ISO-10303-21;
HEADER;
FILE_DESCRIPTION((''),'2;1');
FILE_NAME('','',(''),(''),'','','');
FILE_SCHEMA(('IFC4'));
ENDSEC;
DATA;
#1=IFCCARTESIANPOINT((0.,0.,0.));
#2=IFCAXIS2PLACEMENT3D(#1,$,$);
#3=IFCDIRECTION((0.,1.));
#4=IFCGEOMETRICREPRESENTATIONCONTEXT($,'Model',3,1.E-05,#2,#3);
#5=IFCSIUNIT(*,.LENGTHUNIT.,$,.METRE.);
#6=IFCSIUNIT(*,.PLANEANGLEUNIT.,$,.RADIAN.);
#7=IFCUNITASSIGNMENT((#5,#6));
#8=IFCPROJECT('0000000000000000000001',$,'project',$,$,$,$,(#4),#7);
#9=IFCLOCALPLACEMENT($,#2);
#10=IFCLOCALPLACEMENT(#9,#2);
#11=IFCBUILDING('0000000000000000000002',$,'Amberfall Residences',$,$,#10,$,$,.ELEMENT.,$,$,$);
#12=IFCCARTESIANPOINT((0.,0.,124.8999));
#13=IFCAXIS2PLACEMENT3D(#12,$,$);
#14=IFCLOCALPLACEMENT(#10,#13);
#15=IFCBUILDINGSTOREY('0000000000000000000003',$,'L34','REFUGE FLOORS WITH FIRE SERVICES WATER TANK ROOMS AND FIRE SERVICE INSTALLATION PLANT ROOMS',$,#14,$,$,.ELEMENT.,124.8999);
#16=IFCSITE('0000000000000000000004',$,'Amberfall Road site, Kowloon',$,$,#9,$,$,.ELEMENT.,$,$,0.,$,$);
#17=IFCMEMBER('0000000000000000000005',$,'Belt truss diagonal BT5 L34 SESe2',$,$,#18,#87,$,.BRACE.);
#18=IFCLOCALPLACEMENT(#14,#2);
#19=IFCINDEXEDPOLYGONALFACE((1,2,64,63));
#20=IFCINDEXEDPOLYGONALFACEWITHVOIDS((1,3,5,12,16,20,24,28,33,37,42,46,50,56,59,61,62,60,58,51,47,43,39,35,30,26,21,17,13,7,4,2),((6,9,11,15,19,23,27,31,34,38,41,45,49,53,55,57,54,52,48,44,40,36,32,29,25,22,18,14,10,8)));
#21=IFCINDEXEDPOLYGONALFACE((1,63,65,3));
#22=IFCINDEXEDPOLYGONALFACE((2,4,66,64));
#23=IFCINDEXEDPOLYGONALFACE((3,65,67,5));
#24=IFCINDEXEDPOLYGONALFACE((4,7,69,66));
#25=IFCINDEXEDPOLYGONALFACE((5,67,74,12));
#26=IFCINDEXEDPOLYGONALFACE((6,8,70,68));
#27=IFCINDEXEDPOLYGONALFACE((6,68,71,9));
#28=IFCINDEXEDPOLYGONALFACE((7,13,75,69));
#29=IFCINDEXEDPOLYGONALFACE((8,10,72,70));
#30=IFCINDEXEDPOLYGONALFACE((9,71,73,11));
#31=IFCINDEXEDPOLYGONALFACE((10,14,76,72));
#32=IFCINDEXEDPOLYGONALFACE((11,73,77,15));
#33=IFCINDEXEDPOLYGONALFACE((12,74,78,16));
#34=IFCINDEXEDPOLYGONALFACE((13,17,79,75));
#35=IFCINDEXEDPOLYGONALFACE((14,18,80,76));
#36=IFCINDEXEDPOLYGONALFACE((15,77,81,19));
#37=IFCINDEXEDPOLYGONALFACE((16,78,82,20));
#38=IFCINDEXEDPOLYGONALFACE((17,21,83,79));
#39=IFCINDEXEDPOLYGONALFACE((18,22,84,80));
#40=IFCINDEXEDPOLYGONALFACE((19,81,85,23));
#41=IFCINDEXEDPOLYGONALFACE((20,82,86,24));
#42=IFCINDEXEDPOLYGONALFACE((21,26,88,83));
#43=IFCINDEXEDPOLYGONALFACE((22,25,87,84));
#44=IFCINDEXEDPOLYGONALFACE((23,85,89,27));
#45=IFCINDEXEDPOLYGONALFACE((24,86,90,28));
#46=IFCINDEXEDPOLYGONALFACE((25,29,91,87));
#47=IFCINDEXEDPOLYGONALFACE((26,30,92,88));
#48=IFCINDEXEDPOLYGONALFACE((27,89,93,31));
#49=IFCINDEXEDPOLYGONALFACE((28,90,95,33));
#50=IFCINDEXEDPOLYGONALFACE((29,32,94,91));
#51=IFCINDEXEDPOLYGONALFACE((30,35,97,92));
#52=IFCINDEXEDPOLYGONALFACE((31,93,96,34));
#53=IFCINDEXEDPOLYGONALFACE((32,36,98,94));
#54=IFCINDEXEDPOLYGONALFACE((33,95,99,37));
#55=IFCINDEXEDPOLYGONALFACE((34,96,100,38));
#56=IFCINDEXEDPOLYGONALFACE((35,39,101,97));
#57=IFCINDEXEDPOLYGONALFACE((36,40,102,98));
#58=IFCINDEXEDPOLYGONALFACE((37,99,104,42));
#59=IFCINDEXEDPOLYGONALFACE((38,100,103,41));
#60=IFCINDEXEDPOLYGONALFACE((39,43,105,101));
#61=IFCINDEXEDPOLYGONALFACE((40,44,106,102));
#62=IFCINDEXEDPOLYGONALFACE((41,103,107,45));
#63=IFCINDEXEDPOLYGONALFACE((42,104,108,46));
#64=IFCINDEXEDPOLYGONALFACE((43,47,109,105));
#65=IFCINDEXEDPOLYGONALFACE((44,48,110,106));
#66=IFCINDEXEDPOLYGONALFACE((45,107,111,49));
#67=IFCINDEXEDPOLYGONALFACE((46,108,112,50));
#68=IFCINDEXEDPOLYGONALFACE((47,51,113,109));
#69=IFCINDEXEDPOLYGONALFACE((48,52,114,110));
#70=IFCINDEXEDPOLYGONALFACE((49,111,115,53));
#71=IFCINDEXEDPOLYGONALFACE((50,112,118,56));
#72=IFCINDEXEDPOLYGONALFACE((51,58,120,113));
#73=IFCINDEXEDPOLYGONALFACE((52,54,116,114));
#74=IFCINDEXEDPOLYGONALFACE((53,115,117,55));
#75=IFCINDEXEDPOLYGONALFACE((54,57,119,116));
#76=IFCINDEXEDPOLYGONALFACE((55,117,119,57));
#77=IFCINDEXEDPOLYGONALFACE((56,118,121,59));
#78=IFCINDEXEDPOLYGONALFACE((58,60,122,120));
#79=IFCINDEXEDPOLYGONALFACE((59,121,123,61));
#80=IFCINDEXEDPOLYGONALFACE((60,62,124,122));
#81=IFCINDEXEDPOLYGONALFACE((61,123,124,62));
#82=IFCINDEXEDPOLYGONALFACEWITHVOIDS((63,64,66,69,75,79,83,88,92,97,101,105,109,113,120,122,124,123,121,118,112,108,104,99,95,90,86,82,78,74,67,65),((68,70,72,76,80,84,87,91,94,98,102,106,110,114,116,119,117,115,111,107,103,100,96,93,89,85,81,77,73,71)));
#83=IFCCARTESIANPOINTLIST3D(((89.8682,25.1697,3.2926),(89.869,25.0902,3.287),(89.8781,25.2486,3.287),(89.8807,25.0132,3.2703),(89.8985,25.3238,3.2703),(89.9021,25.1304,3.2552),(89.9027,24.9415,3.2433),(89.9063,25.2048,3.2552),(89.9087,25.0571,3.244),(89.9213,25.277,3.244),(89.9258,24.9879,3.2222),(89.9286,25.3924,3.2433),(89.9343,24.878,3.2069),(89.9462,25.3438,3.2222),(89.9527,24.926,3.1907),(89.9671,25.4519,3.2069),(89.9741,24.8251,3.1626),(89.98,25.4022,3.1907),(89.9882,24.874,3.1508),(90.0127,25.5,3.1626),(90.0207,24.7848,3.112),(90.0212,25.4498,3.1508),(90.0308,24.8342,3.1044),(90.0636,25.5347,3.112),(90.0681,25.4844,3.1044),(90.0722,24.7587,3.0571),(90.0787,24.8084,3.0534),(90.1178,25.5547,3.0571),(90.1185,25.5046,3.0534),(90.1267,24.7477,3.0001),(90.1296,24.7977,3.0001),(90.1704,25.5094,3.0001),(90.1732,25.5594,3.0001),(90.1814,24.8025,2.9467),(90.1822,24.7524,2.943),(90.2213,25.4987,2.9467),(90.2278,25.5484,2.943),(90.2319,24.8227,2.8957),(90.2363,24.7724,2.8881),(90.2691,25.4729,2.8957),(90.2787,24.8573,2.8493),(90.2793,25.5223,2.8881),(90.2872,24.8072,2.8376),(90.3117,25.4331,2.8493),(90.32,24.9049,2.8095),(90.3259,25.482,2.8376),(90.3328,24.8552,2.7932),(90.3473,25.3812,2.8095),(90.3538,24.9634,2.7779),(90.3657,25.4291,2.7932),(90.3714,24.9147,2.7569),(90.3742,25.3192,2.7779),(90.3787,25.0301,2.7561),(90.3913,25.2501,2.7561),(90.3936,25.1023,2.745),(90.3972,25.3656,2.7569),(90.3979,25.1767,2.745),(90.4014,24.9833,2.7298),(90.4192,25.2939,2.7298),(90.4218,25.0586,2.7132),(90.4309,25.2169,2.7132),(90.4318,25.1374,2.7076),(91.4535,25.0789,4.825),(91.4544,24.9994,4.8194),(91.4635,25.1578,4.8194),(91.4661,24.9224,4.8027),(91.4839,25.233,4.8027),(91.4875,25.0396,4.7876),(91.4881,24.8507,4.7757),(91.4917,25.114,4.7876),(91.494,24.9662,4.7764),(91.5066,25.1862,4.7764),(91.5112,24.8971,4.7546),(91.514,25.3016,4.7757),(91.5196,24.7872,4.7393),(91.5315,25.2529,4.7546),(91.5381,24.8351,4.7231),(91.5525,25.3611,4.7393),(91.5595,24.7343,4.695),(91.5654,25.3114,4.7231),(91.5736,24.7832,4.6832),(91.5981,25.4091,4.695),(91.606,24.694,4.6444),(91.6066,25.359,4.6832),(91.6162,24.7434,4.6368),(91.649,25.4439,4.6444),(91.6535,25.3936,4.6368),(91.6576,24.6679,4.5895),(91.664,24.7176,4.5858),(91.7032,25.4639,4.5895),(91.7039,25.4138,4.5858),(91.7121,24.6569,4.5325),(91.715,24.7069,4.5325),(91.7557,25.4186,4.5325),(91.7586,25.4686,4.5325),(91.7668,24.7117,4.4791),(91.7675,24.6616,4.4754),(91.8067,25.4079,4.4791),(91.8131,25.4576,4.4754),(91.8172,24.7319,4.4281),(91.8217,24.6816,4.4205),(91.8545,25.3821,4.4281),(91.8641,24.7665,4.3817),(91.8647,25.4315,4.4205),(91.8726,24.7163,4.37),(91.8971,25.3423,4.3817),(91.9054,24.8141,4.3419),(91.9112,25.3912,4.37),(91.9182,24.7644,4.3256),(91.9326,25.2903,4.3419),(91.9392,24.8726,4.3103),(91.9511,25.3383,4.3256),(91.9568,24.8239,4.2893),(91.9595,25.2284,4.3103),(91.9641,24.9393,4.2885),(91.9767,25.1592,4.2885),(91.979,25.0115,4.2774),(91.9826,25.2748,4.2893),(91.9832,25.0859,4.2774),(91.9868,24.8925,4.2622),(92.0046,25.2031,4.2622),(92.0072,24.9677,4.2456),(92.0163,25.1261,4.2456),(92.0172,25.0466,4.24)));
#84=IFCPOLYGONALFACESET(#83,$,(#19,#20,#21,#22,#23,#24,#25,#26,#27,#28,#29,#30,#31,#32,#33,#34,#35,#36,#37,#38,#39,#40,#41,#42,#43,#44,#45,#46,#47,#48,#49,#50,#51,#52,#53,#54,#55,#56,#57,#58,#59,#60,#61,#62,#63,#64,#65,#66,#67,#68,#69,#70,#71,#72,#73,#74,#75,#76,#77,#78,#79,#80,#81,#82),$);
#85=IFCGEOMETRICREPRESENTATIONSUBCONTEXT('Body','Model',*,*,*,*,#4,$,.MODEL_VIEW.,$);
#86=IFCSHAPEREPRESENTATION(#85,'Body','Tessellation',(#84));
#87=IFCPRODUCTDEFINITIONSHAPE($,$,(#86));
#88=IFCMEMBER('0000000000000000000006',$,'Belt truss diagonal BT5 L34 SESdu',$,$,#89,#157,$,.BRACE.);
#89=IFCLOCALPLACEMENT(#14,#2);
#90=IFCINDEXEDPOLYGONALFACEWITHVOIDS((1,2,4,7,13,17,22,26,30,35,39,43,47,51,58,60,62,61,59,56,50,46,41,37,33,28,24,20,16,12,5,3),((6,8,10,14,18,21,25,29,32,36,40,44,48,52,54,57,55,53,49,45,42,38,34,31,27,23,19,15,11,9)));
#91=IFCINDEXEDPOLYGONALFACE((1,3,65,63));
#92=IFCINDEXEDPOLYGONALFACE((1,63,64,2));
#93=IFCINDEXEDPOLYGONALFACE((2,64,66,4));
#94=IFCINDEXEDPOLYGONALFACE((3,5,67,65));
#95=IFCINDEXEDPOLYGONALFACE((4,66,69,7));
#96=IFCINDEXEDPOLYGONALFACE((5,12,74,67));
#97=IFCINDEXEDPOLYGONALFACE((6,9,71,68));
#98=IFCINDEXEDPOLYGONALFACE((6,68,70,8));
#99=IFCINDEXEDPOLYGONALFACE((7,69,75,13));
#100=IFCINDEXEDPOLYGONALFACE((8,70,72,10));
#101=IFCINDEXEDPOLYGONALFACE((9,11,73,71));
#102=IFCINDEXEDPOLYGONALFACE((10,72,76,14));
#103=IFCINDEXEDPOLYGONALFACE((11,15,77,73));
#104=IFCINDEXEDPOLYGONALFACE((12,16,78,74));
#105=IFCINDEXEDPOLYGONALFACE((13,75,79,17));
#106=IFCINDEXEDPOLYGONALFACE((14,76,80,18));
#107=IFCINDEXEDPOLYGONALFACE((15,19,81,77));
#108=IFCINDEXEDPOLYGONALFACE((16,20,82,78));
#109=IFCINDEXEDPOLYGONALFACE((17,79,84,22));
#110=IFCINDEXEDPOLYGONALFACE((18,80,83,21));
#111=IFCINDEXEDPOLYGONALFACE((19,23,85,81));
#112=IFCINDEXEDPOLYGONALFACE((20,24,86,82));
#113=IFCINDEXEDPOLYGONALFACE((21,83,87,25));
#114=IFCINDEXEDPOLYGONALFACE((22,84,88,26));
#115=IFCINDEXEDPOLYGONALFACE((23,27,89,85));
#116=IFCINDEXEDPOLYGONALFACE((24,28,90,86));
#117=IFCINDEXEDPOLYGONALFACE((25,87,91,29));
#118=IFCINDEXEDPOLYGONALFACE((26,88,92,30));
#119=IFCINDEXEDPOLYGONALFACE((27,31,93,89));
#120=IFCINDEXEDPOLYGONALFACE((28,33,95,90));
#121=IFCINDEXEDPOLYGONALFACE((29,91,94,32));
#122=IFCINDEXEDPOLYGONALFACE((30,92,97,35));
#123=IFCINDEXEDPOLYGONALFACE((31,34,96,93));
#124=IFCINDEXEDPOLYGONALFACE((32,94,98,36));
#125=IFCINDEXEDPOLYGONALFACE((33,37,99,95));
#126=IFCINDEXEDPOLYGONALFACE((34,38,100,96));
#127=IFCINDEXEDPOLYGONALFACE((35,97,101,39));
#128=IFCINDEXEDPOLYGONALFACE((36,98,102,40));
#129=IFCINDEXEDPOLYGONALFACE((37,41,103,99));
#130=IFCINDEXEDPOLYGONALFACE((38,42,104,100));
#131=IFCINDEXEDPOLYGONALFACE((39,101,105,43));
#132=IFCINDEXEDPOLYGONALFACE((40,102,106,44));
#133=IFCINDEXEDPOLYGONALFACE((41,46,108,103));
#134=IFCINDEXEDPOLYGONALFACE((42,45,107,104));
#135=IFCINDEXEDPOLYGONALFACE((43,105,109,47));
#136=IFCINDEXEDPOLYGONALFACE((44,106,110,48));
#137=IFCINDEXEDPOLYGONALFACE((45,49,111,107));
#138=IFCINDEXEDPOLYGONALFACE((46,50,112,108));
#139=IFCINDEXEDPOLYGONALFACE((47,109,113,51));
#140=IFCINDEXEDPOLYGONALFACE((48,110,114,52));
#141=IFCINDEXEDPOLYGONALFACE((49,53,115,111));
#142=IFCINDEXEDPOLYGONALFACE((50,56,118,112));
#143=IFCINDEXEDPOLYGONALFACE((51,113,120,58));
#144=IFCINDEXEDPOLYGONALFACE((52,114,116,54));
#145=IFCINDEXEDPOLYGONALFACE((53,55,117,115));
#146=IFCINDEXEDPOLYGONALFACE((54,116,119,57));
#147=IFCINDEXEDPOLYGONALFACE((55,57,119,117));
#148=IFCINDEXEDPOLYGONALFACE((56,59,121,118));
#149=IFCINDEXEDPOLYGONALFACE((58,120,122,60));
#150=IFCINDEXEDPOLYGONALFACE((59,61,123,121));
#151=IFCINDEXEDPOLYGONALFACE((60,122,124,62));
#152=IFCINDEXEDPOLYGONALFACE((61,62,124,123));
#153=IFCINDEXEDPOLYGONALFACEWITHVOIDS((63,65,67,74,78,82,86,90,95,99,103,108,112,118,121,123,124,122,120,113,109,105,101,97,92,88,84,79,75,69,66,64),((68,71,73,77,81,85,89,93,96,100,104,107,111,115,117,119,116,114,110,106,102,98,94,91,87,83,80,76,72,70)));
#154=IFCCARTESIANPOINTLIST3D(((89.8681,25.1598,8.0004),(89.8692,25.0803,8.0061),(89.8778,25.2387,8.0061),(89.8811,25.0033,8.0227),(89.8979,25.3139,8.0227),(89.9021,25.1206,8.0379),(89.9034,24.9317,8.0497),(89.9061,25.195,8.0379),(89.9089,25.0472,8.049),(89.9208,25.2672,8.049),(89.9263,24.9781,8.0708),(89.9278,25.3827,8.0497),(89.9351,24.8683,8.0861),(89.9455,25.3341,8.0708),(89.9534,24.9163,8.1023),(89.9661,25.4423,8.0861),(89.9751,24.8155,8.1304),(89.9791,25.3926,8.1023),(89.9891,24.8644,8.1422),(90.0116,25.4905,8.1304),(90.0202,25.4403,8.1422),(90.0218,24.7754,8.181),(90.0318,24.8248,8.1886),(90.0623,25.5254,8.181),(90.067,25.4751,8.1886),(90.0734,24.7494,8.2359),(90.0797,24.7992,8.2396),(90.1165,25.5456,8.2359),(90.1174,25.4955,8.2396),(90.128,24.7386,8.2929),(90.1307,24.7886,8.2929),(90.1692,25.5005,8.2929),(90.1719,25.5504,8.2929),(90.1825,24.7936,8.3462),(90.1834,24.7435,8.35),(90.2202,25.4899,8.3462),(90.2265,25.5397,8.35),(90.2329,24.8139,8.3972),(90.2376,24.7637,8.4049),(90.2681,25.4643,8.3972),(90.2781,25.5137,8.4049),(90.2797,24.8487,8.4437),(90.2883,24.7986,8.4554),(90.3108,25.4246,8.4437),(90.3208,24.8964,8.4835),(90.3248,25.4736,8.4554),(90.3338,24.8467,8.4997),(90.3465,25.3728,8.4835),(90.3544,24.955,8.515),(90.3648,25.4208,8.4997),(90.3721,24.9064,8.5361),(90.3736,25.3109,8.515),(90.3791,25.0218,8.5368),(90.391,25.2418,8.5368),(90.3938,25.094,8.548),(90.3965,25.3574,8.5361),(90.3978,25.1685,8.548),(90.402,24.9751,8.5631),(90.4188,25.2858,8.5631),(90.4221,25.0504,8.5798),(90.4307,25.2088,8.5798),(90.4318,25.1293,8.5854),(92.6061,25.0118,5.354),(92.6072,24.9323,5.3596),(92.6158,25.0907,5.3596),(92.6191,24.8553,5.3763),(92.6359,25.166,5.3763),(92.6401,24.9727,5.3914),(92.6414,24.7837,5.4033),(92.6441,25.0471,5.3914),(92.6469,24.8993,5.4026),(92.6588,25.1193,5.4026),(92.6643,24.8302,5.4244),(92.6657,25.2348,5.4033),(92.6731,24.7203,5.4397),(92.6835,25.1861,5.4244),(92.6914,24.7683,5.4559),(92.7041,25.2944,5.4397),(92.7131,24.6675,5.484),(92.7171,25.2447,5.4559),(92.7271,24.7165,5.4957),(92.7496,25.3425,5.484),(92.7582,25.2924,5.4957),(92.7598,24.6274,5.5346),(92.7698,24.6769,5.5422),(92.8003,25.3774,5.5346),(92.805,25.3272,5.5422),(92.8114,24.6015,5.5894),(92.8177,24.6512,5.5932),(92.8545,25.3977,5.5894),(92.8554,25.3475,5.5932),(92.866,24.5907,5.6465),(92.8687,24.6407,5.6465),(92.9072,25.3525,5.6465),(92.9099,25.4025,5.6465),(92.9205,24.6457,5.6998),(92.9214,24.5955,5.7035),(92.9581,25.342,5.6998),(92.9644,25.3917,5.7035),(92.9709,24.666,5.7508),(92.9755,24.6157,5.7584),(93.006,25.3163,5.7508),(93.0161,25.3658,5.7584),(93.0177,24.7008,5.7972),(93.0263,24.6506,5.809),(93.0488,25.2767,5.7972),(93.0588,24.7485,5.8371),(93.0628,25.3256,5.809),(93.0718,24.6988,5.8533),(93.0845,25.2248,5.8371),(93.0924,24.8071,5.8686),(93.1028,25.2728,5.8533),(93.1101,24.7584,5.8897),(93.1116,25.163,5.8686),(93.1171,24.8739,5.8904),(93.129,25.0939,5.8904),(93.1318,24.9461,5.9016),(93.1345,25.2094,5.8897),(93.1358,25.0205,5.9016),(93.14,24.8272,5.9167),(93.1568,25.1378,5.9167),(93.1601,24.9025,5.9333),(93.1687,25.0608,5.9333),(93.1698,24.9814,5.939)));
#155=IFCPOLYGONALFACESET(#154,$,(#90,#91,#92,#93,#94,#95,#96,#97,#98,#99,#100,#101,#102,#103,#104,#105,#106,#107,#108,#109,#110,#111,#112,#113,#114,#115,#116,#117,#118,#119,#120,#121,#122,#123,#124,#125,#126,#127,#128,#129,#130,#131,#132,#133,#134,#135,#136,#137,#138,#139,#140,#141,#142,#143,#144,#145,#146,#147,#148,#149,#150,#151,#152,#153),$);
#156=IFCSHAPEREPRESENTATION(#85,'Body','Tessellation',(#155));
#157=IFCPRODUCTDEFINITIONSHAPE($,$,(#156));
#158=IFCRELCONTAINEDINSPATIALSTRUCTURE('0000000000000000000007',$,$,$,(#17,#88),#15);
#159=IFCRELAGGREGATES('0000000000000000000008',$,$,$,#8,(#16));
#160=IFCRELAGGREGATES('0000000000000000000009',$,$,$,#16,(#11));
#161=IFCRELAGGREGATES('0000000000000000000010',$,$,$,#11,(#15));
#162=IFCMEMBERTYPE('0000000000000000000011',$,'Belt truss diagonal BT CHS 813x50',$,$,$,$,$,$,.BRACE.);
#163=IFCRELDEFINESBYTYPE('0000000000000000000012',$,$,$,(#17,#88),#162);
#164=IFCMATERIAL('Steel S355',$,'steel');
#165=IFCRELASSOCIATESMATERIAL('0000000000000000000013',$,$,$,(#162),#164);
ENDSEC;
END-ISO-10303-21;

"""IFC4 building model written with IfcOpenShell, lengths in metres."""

from ifc_helpers import new_model, si_unit, direction, frame, origin, origin_2d, place, context, subcontext, project, spatial, hollow_circle, extrude, material, material_profile, profile_set, type_object, element, save


model = new_model("IFC4")

# Units and contexts
model_context = context("Model", 3, precision=1e-05, world=origin(), true_north=direction((0.0, 1.0)))
body_context = subcontext(model_context, "Body", "Model", "MODEL_VIEW")
ifc_project = project(units=[si_unit("LENGTHUNIT", "METRE"), si_unit("PLANEANGLEUNIT", "RADIAN")], contexts=[model_context])

# Site, building, storey
site_placement = place(None, origin())
site = spatial("IfcSite", under=ifc_project, at=site_placement, Name="Amberfall Road site, Kowloon", CompositionType="ELEMENT", RefElevation=0.0)
building_placement = place(site_placement, origin())
building = spatial("IfcBuilding", under=site, at=building_placement, Name="Amberfall Residences", CompositionType="ELEMENT")
storey_placement = place(building_placement, frame((0.0, 0.0, 124.8999)))
storey = spatial("IfcBuildingStorey", under=building, at=storey_placement, Name="L34", Description="REFUGE FLOORS WITH FIRE SERVICES WATER TANK ROOMS AND FIRE SERVICE INSTALLATION PLANT ROOMS", CompositionType="ELEMENT", Elevation=124.8999)

# Shared definitions
ifc_material_1 = material(Name="Steel S355", Category="steel")

# Members
ifc_material_profile_1 = material_profile(ifc_material_1, hollow_circle(Radius=0.4065, WallThickness=0.05, at=origin_2d()), Name="CHS 813x50")
ifc_profile_set_1 = profile_set([ifc_material_profile_1], Name="Steel S355")
member_type = type_object("IfcMemberType", Name="Belt truss diagonal BT CHS 813x50", PredefinedType="BRACE", material=ifc_profile_set_1)
member_1_placement = place(storey_placement, frame((91.7354, 25.0627, 4.5325), z_axis=(-0.718409, 0.041153, -0.694403), x_axis=(-0.05719, -0.998363, 0.0)))
element("IfcMember", 1, at=member_1_placement, inside=storey, type_object=member_type, Name="Belt truss diagonal BT5 L34 SESe2", PredefinedType="BRACE", context=body_context, shape_type="SweptSolid", body=[
    extrude(hollow_circle(Radius=0.4065, WallThickness=0.05, at=origin_2d()), origin(), (0.0, 0.0, 1.0), 2.2068),
])
member_2_placement = place(storey_placement, frame((92.8879, 24.9966, 5.6465), z_axis=(-0.718484, 0.038823, 0.694459), x_axis=(-0.053956, -0.998543, 0.0)))
element("IfcMember", 2, at=member_2_placement, inside=storey, type_object=member_type, Name="Belt truss diagonal BT5 L34 SESdu", PredefinedType="BRACE", context=body_context, shape_type="SweptSolid", body=[
    extrude(hollow_circle(Radius=0.4065, WallThickness=0.05, at=origin_2d()), origin(), (0.0, 0.0, 1.0), 3.8108),
])

save(model, "model.ifc")
